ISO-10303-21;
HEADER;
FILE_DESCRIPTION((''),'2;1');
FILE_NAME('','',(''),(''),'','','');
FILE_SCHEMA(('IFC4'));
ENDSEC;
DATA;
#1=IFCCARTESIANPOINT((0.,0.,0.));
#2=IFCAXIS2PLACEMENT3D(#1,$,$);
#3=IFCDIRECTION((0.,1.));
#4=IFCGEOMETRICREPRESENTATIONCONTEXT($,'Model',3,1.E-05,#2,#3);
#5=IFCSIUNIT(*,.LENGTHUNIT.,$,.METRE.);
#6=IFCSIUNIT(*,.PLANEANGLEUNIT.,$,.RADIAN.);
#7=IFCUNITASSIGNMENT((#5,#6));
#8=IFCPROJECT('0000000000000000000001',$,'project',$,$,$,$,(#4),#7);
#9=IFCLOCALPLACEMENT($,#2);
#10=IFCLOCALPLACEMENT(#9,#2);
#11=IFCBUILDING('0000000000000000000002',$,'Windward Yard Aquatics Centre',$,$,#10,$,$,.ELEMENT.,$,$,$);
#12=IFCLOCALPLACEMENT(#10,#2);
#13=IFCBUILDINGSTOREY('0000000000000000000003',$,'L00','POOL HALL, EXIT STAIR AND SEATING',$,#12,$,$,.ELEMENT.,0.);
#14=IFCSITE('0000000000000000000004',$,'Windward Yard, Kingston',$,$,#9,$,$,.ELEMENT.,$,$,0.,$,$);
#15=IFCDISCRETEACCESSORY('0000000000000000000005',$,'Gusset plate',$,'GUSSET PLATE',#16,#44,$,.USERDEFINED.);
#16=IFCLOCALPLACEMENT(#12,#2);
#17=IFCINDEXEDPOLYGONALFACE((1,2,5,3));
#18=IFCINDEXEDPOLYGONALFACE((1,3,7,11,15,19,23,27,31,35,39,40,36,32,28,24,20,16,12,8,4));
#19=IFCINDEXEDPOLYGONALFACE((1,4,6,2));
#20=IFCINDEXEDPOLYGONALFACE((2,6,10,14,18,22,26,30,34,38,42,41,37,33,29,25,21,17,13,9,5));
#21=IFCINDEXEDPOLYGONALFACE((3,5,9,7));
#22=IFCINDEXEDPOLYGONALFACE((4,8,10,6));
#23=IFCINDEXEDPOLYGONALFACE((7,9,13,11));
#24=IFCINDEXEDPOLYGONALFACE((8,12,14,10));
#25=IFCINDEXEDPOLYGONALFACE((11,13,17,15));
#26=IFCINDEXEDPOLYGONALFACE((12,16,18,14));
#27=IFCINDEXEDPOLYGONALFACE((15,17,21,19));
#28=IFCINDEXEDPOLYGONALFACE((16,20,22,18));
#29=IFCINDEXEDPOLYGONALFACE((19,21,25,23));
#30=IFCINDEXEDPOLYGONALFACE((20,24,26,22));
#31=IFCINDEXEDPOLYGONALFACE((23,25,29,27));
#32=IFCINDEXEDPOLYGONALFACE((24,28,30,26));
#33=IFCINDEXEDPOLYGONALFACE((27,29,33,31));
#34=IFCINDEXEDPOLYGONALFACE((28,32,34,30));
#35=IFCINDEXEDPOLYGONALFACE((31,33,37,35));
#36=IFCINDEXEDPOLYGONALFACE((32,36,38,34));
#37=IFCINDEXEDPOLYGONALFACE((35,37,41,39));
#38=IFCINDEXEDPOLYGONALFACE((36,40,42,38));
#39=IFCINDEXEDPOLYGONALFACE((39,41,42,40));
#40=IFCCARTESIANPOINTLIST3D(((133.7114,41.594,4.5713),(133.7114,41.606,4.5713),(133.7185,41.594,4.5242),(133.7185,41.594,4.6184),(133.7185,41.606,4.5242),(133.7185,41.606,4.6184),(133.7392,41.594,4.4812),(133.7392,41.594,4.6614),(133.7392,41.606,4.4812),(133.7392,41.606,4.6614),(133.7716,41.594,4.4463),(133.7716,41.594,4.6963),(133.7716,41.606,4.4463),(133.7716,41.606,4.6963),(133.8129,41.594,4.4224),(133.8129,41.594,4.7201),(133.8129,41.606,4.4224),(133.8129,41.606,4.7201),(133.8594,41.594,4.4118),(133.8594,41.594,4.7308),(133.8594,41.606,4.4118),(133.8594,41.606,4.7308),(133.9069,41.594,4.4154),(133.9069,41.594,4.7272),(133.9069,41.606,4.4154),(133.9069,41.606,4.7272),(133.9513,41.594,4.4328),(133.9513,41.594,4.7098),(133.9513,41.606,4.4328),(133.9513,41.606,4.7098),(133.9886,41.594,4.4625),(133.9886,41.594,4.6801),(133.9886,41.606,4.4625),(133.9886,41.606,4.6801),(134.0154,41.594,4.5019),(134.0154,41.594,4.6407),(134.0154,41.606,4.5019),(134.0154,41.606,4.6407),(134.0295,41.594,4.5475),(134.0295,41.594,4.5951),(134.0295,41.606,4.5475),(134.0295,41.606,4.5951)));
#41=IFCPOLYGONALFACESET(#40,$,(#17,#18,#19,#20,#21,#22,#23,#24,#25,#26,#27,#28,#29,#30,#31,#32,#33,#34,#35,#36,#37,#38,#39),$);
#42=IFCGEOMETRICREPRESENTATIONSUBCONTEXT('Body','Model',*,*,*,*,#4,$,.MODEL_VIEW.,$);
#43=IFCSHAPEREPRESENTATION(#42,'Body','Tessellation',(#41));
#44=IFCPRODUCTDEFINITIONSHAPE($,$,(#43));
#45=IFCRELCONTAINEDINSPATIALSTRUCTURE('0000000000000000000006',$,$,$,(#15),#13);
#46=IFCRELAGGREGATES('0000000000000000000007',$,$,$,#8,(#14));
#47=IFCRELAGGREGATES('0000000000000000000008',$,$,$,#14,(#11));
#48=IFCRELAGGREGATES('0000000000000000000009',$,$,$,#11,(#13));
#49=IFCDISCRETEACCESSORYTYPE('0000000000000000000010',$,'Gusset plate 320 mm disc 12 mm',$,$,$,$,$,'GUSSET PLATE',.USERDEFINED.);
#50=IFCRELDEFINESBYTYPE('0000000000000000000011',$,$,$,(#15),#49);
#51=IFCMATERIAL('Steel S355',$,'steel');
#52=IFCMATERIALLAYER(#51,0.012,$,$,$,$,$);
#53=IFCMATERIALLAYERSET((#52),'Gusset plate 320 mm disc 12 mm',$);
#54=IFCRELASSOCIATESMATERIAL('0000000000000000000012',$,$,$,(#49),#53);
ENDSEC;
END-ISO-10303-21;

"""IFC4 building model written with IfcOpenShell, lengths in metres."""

from ifc_helpers import new_model, si_unit, direction, frame, origin, origin_2d, place, context, subcontext, project, spatial, circle, extrude, material, layer, layer_set, type_object, element, save


model = new_model("IFC4")

# Units and contexts
model_context = context("Model", 3, precision=1e-05, world=origin(), true_north=direction((0.0, 1.0)))
body_context = subcontext(model_context, "Body", "Model", "MODEL_VIEW")
ifc_project = project(units=[si_unit("LENGTHUNIT", "METRE"), si_unit("PLANEANGLEUNIT", "RADIAN")], contexts=[model_context])

# Site, building, storey
site_placement = place(None, origin())
site = spatial("IfcSite", under=ifc_project, at=site_placement, Name="Windward Yard, Kingston", CompositionType="ELEMENT", RefElevation=0.0)
building_placement = place(site_placement, origin())
building = spatial("IfcBuilding", under=site, at=building_placement, Name="Windward Yard Aquatics Centre", CompositionType="ELEMENT")
storey_placement = place(building_placement, origin())
storey = spatial("IfcBuildingStorey", under=building, at=storey_placement, Name="L00", Description="POOL HALL, EXIT STAIR AND SEATING", CompositionType="ELEMENT", Elevation=0.0)

# Discrete accessory
ifc_material_1 = material(Name="Steel S355", Category="steel")
ifc_layer_1 = layer(ifc_material_1, 0.012)
ifc_layer_set_1 = layer_set([ifc_layer_1], Name="Gusset plate 320 mm disc 12 mm")
discrete_accessory_type = type_object("IfcDiscreteAccessoryType", Name="Gusset plate 320 mm disc 12 mm", ElementType="GUSSET PLATE", PredefinedType="USERDEFINED", material=ifc_layer_set_1)
for number, where, z_axis, x_axis, name in (
    (1, (133.8713, 41.594, 4.5713), (0.0, 1.0, 0.0), (-1.0, 0.0, 0.0), "Gusset plate"),
):
    element("IfcDiscreteAccessory", number, at=place(storey_placement, frame(where, z_axis=z_axis, x_axis=x_axis)), inside=storey, type_object=discrete_accessory_type, Name=name, ObjectType="GUSSET PLATE", PredefinedType="USERDEFINED", context=body_context, shape_type="SweptSolid", body=[
        extrude(circle(Radius=0.1599, at=origin_2d()), origin(), (0.0, 0.0, 1.0), 0.012),
    ])

save(model, "model.ifc")
